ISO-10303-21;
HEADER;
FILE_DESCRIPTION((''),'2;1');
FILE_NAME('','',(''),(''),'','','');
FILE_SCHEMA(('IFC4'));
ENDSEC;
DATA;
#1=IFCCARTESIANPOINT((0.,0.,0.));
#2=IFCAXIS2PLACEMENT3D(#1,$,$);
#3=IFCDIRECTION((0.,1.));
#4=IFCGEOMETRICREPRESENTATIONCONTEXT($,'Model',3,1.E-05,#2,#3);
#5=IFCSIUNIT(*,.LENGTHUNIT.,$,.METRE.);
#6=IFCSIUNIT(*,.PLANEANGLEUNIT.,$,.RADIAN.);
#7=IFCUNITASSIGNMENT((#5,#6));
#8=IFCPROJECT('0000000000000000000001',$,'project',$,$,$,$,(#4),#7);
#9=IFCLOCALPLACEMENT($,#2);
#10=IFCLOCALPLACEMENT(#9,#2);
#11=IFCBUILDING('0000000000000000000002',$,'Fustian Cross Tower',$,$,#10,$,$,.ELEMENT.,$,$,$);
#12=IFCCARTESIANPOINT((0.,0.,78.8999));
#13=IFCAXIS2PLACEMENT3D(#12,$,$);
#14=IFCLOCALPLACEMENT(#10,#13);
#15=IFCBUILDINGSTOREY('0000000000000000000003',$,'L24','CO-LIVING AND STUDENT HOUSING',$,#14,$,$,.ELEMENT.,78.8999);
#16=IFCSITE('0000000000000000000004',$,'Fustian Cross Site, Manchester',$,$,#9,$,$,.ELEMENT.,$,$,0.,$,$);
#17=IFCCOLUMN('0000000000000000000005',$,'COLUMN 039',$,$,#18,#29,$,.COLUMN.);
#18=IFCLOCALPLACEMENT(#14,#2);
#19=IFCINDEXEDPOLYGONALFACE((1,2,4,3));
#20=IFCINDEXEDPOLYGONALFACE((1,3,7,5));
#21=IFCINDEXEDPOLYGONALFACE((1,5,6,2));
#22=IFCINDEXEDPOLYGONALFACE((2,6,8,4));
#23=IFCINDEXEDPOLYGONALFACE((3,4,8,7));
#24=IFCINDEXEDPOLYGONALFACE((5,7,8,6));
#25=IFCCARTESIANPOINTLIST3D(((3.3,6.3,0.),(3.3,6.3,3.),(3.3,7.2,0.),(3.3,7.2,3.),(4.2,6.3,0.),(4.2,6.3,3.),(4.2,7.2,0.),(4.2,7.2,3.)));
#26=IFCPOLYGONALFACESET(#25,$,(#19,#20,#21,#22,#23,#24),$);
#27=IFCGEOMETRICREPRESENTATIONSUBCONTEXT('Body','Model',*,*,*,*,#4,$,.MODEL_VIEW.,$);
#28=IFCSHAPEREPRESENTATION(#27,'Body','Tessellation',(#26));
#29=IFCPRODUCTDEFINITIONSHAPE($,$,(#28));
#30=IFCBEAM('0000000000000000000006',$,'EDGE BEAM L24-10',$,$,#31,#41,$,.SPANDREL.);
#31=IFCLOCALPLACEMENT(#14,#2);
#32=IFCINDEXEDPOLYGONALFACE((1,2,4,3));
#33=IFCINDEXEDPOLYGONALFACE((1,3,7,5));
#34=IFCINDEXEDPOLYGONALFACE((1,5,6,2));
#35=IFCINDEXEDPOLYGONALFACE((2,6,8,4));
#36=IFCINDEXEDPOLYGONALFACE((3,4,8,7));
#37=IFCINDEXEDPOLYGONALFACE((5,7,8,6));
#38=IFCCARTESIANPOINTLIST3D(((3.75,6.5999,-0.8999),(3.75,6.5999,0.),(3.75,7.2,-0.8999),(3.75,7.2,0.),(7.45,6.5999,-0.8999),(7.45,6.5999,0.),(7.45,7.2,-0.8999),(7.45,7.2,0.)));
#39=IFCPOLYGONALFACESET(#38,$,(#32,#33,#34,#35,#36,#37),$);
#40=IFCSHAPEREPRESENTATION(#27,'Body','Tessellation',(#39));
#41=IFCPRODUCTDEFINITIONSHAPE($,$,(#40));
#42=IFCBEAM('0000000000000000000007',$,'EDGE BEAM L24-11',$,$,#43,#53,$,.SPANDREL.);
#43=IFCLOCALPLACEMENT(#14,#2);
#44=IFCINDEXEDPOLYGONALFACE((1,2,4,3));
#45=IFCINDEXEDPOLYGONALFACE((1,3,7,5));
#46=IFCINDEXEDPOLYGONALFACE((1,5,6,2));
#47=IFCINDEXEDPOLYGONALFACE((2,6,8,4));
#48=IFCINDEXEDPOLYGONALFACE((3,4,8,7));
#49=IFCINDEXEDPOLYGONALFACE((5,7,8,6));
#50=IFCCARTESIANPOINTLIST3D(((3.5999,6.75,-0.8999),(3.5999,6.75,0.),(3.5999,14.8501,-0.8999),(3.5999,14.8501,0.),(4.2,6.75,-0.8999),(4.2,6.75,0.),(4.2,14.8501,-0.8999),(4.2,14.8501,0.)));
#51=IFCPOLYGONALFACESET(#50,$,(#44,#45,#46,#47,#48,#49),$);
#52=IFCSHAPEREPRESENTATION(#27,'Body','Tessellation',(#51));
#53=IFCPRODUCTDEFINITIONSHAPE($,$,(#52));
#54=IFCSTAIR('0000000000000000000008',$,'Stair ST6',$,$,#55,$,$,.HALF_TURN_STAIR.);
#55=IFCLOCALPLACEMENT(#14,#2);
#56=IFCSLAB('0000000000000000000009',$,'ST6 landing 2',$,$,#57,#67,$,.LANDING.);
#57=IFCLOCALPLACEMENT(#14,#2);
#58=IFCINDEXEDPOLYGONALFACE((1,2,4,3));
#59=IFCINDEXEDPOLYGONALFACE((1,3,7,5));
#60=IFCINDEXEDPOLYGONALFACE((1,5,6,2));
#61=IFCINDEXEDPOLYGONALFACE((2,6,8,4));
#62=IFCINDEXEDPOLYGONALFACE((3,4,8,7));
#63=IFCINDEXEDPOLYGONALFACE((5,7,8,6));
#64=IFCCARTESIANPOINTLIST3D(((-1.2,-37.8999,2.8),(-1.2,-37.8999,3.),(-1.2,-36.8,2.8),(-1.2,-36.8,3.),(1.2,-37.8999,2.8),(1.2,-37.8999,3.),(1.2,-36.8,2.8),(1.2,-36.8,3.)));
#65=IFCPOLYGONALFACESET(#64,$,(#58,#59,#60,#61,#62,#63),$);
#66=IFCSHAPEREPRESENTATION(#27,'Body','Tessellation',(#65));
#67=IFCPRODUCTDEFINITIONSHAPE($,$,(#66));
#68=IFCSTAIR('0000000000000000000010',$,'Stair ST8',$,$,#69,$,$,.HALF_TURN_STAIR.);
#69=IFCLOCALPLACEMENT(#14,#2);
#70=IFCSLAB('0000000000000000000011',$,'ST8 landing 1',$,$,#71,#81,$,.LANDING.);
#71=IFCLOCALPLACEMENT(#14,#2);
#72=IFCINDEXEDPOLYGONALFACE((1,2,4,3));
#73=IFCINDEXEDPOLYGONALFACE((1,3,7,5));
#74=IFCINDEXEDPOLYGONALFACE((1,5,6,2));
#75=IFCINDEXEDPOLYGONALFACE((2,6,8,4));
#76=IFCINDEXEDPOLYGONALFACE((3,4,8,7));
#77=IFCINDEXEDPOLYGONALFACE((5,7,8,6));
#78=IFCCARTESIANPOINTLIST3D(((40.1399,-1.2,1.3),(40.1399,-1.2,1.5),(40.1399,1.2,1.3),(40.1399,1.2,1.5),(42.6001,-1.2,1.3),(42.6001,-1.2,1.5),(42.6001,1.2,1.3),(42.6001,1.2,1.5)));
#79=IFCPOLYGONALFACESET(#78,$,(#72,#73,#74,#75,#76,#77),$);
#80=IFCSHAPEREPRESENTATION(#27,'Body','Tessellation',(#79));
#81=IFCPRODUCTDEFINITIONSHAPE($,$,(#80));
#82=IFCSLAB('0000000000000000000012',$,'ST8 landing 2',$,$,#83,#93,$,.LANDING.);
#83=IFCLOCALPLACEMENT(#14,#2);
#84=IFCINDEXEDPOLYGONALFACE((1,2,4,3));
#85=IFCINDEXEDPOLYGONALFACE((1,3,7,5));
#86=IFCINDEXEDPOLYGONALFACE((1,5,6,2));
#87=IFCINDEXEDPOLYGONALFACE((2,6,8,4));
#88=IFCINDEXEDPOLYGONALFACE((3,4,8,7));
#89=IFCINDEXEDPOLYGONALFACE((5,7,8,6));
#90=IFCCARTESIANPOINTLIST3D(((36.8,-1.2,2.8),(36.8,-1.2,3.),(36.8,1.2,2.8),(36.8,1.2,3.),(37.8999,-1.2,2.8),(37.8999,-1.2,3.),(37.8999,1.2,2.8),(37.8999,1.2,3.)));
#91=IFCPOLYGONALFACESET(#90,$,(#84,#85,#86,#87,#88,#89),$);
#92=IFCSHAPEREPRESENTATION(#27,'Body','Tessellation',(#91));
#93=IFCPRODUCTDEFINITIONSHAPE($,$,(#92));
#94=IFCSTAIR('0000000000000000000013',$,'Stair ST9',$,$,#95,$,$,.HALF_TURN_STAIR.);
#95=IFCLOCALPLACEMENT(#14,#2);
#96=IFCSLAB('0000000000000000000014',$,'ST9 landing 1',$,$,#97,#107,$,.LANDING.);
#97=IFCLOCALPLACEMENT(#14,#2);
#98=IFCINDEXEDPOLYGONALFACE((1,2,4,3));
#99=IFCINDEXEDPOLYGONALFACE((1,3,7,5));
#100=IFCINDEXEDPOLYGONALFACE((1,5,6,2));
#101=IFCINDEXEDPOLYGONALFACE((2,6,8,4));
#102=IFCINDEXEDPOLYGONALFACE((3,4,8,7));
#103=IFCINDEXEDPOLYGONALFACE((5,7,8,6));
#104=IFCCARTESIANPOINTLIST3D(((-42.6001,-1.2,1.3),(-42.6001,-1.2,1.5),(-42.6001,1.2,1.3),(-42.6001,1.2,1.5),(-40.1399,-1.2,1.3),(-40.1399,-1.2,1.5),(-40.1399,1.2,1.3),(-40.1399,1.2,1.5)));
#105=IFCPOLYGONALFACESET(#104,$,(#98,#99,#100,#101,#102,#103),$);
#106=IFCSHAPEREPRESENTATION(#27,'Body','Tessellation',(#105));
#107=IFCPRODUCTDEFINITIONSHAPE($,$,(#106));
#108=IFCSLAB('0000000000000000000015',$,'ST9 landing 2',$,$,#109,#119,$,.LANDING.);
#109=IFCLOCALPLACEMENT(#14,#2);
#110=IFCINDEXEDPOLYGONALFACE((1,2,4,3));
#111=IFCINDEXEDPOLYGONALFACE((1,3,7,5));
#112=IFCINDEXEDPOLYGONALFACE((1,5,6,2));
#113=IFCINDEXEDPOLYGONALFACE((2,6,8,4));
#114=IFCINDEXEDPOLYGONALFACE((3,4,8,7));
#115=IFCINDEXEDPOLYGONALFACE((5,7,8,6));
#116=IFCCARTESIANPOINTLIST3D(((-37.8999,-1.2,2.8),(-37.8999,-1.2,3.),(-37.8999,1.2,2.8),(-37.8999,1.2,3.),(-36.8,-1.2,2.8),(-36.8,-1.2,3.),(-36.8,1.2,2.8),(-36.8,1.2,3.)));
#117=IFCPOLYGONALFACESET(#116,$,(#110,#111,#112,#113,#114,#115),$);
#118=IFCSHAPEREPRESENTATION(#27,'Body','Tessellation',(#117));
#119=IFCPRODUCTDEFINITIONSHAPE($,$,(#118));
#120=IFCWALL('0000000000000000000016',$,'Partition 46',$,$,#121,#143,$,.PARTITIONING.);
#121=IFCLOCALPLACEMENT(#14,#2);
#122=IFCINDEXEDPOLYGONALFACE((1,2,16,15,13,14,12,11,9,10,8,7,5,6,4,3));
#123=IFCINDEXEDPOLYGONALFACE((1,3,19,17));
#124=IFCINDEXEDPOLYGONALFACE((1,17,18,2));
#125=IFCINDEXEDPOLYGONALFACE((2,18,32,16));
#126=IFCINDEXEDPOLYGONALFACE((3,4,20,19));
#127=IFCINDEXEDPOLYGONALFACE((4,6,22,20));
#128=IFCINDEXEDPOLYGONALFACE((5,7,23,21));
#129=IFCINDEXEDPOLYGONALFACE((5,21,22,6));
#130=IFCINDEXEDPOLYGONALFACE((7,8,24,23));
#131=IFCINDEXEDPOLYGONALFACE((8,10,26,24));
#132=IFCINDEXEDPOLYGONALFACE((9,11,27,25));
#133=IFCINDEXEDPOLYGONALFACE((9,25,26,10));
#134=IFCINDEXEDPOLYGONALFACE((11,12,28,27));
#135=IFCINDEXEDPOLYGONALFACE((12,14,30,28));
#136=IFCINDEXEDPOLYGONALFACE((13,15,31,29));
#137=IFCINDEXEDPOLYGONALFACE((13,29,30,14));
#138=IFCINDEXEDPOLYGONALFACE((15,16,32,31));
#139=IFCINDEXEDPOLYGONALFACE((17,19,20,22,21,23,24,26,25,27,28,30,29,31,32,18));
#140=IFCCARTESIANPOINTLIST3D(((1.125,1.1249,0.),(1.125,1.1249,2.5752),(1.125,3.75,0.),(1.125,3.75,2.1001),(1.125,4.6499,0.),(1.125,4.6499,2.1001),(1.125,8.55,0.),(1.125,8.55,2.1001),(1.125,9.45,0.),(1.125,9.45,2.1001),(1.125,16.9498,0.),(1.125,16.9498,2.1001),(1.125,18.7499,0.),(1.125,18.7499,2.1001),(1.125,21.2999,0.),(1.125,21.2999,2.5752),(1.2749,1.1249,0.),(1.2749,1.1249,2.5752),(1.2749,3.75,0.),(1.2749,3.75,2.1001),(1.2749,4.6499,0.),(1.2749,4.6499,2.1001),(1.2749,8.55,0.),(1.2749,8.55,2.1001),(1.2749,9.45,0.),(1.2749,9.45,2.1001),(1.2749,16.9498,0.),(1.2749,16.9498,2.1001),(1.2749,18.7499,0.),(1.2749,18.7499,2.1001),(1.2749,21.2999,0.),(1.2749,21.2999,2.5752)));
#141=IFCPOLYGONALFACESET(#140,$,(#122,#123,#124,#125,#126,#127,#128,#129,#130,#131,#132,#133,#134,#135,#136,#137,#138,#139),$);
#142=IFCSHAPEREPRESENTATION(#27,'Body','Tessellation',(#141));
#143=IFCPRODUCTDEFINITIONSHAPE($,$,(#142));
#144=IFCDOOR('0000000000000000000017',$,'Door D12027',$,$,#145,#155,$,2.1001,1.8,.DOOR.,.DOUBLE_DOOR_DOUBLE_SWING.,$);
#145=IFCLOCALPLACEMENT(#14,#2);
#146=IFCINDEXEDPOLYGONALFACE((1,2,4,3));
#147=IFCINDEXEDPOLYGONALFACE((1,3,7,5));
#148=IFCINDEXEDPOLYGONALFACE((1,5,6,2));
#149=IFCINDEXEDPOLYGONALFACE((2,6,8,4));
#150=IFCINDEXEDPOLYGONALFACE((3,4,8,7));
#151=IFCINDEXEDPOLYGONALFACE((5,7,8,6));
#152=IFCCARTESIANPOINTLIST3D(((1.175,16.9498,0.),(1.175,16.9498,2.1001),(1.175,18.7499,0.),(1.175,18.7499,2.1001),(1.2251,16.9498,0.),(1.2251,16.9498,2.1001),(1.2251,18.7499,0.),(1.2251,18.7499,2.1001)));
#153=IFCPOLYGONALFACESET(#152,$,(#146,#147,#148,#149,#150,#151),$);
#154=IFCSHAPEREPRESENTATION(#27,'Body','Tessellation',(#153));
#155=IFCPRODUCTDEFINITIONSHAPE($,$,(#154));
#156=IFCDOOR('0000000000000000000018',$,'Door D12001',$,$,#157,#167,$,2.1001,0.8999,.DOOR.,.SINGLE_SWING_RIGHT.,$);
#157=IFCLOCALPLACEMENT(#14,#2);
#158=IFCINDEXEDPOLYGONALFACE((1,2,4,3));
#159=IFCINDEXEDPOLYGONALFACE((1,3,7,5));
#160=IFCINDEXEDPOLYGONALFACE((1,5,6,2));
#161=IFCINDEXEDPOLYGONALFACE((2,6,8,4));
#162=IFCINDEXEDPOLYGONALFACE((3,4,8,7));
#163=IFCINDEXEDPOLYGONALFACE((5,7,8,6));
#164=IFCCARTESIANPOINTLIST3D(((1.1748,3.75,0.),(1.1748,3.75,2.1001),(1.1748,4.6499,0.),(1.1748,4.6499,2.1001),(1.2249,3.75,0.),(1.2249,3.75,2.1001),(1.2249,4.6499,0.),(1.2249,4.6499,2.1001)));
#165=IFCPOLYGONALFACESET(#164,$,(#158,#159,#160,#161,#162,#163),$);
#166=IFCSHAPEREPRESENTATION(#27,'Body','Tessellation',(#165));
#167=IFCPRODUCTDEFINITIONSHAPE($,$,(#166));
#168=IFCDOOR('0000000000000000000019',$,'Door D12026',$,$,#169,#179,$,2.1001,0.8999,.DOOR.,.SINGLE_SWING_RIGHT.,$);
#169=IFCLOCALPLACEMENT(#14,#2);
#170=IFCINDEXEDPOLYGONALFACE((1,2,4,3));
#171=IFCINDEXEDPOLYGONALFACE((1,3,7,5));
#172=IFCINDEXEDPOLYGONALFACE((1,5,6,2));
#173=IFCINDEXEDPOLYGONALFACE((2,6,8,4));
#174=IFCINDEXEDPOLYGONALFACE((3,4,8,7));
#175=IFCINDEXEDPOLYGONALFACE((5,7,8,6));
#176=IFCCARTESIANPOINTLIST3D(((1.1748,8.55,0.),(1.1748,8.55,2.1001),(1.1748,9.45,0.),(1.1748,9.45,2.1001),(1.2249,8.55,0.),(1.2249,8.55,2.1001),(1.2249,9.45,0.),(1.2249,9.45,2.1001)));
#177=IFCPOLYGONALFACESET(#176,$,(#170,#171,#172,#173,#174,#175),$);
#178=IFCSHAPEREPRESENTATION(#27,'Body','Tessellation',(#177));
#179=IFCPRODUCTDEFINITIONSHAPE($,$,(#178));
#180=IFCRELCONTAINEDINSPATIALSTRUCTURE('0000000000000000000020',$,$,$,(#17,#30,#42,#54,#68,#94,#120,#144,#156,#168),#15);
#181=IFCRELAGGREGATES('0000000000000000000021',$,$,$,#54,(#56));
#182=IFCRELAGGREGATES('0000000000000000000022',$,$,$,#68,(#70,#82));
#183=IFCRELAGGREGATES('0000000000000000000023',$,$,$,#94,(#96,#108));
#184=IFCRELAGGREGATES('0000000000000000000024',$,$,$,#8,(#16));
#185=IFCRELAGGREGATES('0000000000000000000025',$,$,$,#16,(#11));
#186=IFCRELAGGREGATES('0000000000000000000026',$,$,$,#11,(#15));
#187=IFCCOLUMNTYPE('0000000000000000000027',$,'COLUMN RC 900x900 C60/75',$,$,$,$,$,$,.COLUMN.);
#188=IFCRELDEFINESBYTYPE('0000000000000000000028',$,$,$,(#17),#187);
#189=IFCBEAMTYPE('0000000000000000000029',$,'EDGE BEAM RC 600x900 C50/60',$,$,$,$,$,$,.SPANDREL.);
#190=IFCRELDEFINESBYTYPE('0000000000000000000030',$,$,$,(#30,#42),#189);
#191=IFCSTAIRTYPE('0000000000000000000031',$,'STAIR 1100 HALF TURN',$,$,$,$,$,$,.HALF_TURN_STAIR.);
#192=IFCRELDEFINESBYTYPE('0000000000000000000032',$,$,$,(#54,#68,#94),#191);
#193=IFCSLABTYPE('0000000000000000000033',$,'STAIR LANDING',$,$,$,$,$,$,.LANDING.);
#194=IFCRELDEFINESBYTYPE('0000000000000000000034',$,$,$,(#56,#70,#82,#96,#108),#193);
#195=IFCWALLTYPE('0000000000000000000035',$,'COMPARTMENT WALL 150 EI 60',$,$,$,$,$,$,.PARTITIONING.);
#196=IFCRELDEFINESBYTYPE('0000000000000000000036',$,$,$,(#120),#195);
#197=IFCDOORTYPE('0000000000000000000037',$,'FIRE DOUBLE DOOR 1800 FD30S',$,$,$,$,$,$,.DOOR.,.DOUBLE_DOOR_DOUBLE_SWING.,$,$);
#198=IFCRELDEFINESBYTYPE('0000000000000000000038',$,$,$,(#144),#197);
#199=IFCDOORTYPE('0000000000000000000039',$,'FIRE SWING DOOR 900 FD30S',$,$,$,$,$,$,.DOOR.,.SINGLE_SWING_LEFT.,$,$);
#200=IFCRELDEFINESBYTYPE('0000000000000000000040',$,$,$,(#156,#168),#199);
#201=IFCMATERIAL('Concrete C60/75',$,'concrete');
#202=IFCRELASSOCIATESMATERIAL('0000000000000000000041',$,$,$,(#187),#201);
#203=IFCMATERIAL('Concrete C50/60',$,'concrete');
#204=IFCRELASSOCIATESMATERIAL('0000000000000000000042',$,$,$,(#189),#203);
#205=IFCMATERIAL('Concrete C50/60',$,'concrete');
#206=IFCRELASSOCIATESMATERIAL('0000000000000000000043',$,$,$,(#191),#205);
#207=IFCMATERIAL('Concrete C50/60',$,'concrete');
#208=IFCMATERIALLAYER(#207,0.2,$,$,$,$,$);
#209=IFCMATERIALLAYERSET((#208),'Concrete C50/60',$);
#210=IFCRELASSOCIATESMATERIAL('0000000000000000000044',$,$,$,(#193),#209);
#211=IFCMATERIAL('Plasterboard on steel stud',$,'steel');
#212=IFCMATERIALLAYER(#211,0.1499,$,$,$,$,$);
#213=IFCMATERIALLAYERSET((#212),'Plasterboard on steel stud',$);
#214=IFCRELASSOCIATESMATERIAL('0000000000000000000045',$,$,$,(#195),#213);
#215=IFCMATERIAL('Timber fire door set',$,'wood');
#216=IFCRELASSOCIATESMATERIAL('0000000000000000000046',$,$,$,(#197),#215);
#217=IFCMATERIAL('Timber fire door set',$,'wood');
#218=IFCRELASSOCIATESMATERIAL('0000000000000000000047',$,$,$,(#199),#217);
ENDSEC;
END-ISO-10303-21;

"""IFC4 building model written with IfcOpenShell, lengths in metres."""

from ifc_helpers import new_model, si_unit, direction, frame, frame_2d, origin, origin_2d, place, context, subcontext, project, spatial, polyline, rectangle, outline, extrude, material, layer, layer_set, material_profile, profile_set, type_object, element, fill, aggregate, save


model = new_model("IFC4")

# Units and contexts
model_context = context("Model", 3, precision=1e-05, world=origin(), true_north=direction((0.0, 1.0)))
body_context = subcontext(model_context, "Body", "Model", "MODEL_VIEW")
ifc_project = project(units=[si_unit("LENGTHUNIT", "METRE"), si_unit("PLANEANGLEUNIT", "RADIAN")], contexts=[model_context])

# Site, building, storey
site_placement = place(None, origin())
site = spatial("IfcSite", under=ifc_project, at=site_placement, Name="Fustian Cross Site, Manchester", CompositionType="ELEMENT", RefElevation=0.0)
building_placement = place(site_placement, origin())
building = spatial("IfcBuilding", under=site, at=building_placement, Name="Fustian Cross Tower", CompositionType="ELEMENT")
storey_placement = place(building_placement, frame((0.0, 0.0, 78.8999)))
storey = spatial("IfcBuildingStorey", under=building, at=storey_placement, Name="L24", Description="CO-LIVING AND STUDENT HOUSING", CompositionType="ELEMENT", Elevation=78.8999)

# Column
ifc_material_1 = material(Name="Concrete C60/75", Category="concrete")
ifc_material_profile_1 = material_profile(ifc_material_1, rectangle(XDim=0.8999, YDim=0.8999, at=origin_2d()), Name="RC 900x900")
ifc_profile_set_1 = profile_set([ifc_material_profile_1], Name="Concrete C60/75")
column_type = type_object("IfcColumnType", Name="COLUMN RC 900x900 C60/75", PredefinedType="COLUMN", material=ifc_profile_set_1)
column_placement = place(storey_placement, frame((3.75, 6.75, 0.0), z_axis=(0.0, 0.0, 1.0), x_axis=(1.0, 0.0, 0.0)))
element("IfcColumn", 1, at=column_placement, inside=storey, type_object=column_type, Name="COLUMN 039", PredefinedType="COLUMN", context=body_context, shape_type="SweptSolid", body=[
    extrude(rectangle(XDim=0.8999, YDim=0.8999, at=origin_2d()), origin(), (0.0, 0.0, 1.0), 3.0),
])

# Beams
ifc_material_2 = material(Name="Concrete C50/60", Category="concrete")
ifc_material_profile_2 = material_profile(ifc_material_2, rectangle(XDim=0.6001, YDim=0.8999, at=origin_2d()), Name="RC 600x900")
ifc_profile_set_2 = profile_set([ifc_material_profile_2], Name="Concrete C50/60")
beam_type = type_object("IfcBeamType", Name="EDGE BEAM RC 600x900 C50/60", PredefinedType="SPANDREL", material=ifc_profile_set_2)
beam_1_placement = place(storey_placement, frame((7.45, 6.8999, -0.45), z_axis=(-1.0, 0.0, 0.0), x_axis=(0.0, -1.0, 0.0)))
element("IfcBeam", 2, at=beam_1_placement, inside=storey, type_object=beam_type, Name="EDGE BEAM L24-10", PredefinedType="SPANDREL", context=body_context, shape_type="SweptSolid", body=[
    extrude(rectangle(XDim=0.6001, YDim=0.8999, at=origin_2d()), origin(), (0.0, 0.0, 1.0), 3.7),
])
beam_2_placement = place(storey_placement, frame((3.8999, 6.75, -0.45), z_axis=(0.0, 1.0, 0.0), x_axis=(-1.0, 0.0, 0.0)))
element("IfcBeam", 3, at=beam_2_placement, inside=storey, type_object=beam_type, Name="EDGE BEAM L24-11", PredefinedType="SPANDREL", context=body_context, shape_type="SweptSolid", body=[
    extrude(rectangle(XDim=0.6001, YDim=0.8999, at=origin_2d()), origin(), (0.0, 0.0, 1.0), 8.1001),
])

# Stair, slab
ifc_material_3 = material(Name="Concrete C50/60", Category="concrete")
stair_type = type_object("IfcStairType", Name="STAIR 1100 HALF TURN", PredefinedType="HALF_TURN_STAIR", material=ifc_material_3)
stair_1_placement = place(storey_placement, origin())
stair_1 = element("IfcStair", 4, at=stair_1_placement, inside=storey, type_object=stair_type, Name="Stair ST6", PredefinedType="HALF_TURN_STAIR")
ifc_material_4 = material(Name="Concrete C50/60", Category="concrete")
ifc_layer_1 = layer(ifc_material_4, 0.2)
ifc_layer_set_1 = layer_set([ifc_layer_1], Name="Concrete C50/60")
slab_type = type_object("IfcSlabType", Name="STAIR LANDING", PredefinedType="LANDING", material=ifc_layer_set_1)
slab_1_placement = place(storey_placement, frame((0.0, 0.0, 2.8)))
slab_1 = element("IfcSlab", 5, at=slab_1_placement, type_object=slab_type, Name="ST6 landing 2", PredefinedType="LANDING", context=body_context, shape_type="SweptSolid", body=[
    extrude(outline(polyline([(-1.2, -36.8), (-1.2, -37.8999), (1.2, -37.8999), (1.2, -36.8), (-1.2, -36.8)])), origin(), (0.0, 0.0, 1.0), 0.2),
])
aggregate(stair_1, [slab_1])

# Stairs, slabs
stair_2_placement = place(storey_placement, origin())
stair_2 = element("IfcStair", 6, at=stair_2_placement, inside=storey, type_object=stair_type, Name="Stair ST8", PredefinedType="HALF_TURN_STAIR")
slab_2_placement = place(storey_placement, frame((0.0, 0.0, 1.3)))
slab_2 = element("IfcSlab", 7, at=slab_2_placement, type_object=slab_type, Name="ST8 landing 1", PredefinedType="LANDING", context=body_context, shape_type="SweptSolid", body=[
    extrude(outline(polyline([(40.1399, -1.2), (42.6001, -1.2), (42.6001, 1.2), (40.1399, 1.2), (40.1399, -1.2)])), origin(), (0.0, 0.0, 1.0), 0.2),
])
slab_3_placement = place(storey_placement, frame((0.0, 0.0, 2.8)))
slab_3 = element("IfcSlab", 8, at=slab_3_placement, type_object=slab_type, Name="ST8 landing 2", PredefinedType="LANDING", context=body_context, shape_type="SweptSolid", body=[
    extrude(outline(polyline([(36.8, -1.2), (37.8999, -1.2), (37.8999, 1.2), (36.8, 1.2), (36.8, -1.2)])), origin(), (0.0, 0.0, 1.0), 0.2),
])
aggregate(stair_2, [slab_2, slab_3])
stair_3_placement = place(storey_placement, origin())
stair_3 = element("IfcStair", 9, at=stair_3_placement, inside=storey, type_object=stair_type, Name="Stair ST9", PredefinedType="HALF_TURN_STAIR")
slab_4_placement = place(storey_placement, frame((0.0, 0.0, 1.3)))
slab_4 = element("IfcSlab", 10, at=slab_4_placement, type_object=slab_type, Name="ST9 landing 1", PredefinedType="LANDING", context=body_context, shape_type="SweptSolid", body=[
    extrude(outline(polyline([(-40.1399, -1.2), (-42.6001, -1.2), (-42.6001, 1.2), (-40.1399, 1.2), (-40.1399, -1.2)])), origin(), (0.0, 0.0, 1.0), 0.2),
])
slab_5_placement = place(storey_placement, frame((0.0, 0.0, 2.8)))
slab_5 = element("IfcSlab", 11, at=slab_5_placement, type_object=slab_type, Name="ST9 landing 2", PredefinedType="LANDING", context=body_context, shape_type="SweptSolid", body=[
    extrude(outline(polyline([(-36.8, -1.2), (-37.8999, -1.2), (-37.8999, 1.2), (-36.8, 1.2), (-36.8, -1.2)])), origin(), (0.0, 0.0, 1.0), 0.2),
])
aggregate(stair_3, [slab_4, slab_5])

# Wall, openings, doors
ifc_material_5 = material(Name="Plasterboard on steel stud", Category="steel")
ifc_layer_2 = layer(ifc_material_5, 0.1499)
ifc_layer_set_2 = layer_set([ifc_layer_2], Name="Plasterboard on steel stud")
wall_type_1 = type_object("IfcWallType", Name="COMPARTMENT WALL 150 EI 60", PredefinedType="PARTITIONING", material=ifc_layer_set_2)
wall_1_placement = place(storey_placement, frame((1.2, 1.125, 0.0), z_axis=(0.0, 0.0, 1.0), x_axis=(0.0, 1.0, 0.0)))
wall_1 = element("IfcWall", 12, at=wall_1_placement, inside=storey, type_object=wall_type_1, Name="Partition 46", PredefinedType="PARTITIONING", context=body_context, shape_type="SweptSolid", body=[
    extrude(rectangle(XDim=20.175, YDim=0.1499, at=frame_2d((10.0874, 0.0))), origin(), (0.0, 0.0, 1.0), 2.5752),
])
opening_1_placement = place(wall_1_placement, frame((2.625, 0.0, 0.0)))
opening_1 = element("IfcOpeningElement", 13, at=opening_1_placement, cuts=wall_1, PredefinedType="OPENING", context=body_context, shape_type="SweptSolid", body=[
    extrude(rectangle(XDim=0.8999, YDim=2.1001, at=frame_2d((0.45, 1.05))), frame((0.0, 0.085, 0.0), z_axis=(0.0, -1.0, 0.0), x_axis=(1.0, 0.0, 0.0)), (0.0, 0.0, 1.0), 0.1699),
])
opening_2_placement = place(wall_1_placement, frame((7.425, 0.0, 0.0)))
opening_2 = element("IfcOpeningElement", 14, at=opening_2_placement, cuts=wall_1, PredefinedType="OPENING", context=body_context, shape_type="SweptSolid", body=[
    extrude(rectangle(XDim=0.8999, YDim=2.1001, at=frame_2d((0.45, 1.05))), frame((0.0, 0.085, 0.0), z_axis=(0.0, -1.0, 0.0), x_axis=(1.0, 0.0, 0.0)), (0.0, 0.0, 1.0), 0.1699),
])
opening_3_placement = place(wall_1_placement, frame((15.825, 0.0, 0.0)))
opening_3 = element("IfcOpeningElement", 15, at=opening_3_placement, cuts=wall_1, PredefinedType="OPENING", context=body_context, shape_type="SweptSolid", body=[
    extrude(rectangle(XDim=1.8, YDim=2.1001, at=frame_2d((0.8999, 1.05))), frame((0.0, 0.085, 0.0), z_axis=(0.0, -1.0, 0.0), x_axis=(1.0, 0.0, 0.0)), (0.0, 0.0, 1.0), 0.1699),
])
ifc_material_6 = material(Name="Timber fire door set", Category="wood")
door_type_1 = type_object("IfcDoorType", Name="FIRE DOUBLE DOOR 1800 FD30S", OperationType="DOUBLE_DOOR_DOUBLE_SWING", PredefinedType="DOOR", material=ifc_material_6)
door_1_placement = place(opening_3_placement, origin())
door_1 = element("IfcDoor", 16, at=door_1_placement, inside=storey, type_object=door_type_1, Name="Door D12027", OperationType="DOUBLE_DOOR_DOUBLE_SWING", OverallHeight=2.1001, OverallWidth=1.8, PredefinedType="DOOR", context=body_context, shape_type="SweptSolid", body=[
    extrude(rectangle(XDim=1.8, YDim=2.1001, at=frame_2d((0.8999, 1.05))), frame((0.0, 0.0249, 0.0), z_axis=(0.0, -1.0, 0.0), x_axis=(1.0, 0.0, 0.0)), (0.0, 0.0, 1.0), 0.05),
])
fill(opening_3, door_1)
ifc_material_7 = material(Name="Timber fire door set", Category="wood")
door_type_2 = type_object("IfcDoorType", Name="FIRE SWING DOOR 900 FD30S", OperationType="SINGLE_SWING_LEFT", PredefinedType="DOOR", material=ifc_material_7)
door_2_placement = place(opening_1_placement, frame((0.8999, 0.0, 0.0), z_axis=(0.0, 0.0, 1.0), x_axis=(-1.0, 0.0, 0.0)))
door_2 = element("IfcDoor", 17, at=door_2_placement, inside=storey, type_object=door_type_2, Name="Door D12001", OperationType="SINGLE_SWING_RIGHT", OverallHeight=2.1001, OverallWidth=0.8999, PredefinedType="DOOR", context=body_context, shape_type="SweptSolid", body=[
    extrude(rectangle(XDim=0.8999, YDim=2.1001, at=frame_2d((0.45, 1.05))), frame((0.0, 0.0249, 0.0), z_axis=(0.0, -1.0, 0.0), x_axis=(1.0, 0.0, 0.0)), (0.0, 0.0, 1.0), 0.05),
])
fill(opening_1, door_2)
door_3_placement = place(opening_2_placement, frame((0.8999, 0.0, 0.0), z_axis=(0.0, 0.0, 1.0), x_axis=(-1.0, 0.0, 0.0)))
door_3 = element("IfcDoor", 18, at=door_3_placement, inside=storey, type_object=door_type_2, Name="Door D12026", OperationType="SINGLE_SWING_RIGHT", OverallHeight=2.1001, OverallWidth=0.8999, PredefinedType="DOOR", context=body_context, shape_type="SweptSolid", body=[
    extrude(rectangle(XDim=0.8999, YDim=2.1001, at=frame_2d((0.45, 1.05))), frame((0.0, 0.0249, 0.0), z_axis=(0.0, -1.0, 0.0), x_axis=(1.0, 0.0, 0.0)), (0.0, 0.0, 1.0), 0.05),
])
fill(opening_2, door_3)

save(model, "model.ifc")
